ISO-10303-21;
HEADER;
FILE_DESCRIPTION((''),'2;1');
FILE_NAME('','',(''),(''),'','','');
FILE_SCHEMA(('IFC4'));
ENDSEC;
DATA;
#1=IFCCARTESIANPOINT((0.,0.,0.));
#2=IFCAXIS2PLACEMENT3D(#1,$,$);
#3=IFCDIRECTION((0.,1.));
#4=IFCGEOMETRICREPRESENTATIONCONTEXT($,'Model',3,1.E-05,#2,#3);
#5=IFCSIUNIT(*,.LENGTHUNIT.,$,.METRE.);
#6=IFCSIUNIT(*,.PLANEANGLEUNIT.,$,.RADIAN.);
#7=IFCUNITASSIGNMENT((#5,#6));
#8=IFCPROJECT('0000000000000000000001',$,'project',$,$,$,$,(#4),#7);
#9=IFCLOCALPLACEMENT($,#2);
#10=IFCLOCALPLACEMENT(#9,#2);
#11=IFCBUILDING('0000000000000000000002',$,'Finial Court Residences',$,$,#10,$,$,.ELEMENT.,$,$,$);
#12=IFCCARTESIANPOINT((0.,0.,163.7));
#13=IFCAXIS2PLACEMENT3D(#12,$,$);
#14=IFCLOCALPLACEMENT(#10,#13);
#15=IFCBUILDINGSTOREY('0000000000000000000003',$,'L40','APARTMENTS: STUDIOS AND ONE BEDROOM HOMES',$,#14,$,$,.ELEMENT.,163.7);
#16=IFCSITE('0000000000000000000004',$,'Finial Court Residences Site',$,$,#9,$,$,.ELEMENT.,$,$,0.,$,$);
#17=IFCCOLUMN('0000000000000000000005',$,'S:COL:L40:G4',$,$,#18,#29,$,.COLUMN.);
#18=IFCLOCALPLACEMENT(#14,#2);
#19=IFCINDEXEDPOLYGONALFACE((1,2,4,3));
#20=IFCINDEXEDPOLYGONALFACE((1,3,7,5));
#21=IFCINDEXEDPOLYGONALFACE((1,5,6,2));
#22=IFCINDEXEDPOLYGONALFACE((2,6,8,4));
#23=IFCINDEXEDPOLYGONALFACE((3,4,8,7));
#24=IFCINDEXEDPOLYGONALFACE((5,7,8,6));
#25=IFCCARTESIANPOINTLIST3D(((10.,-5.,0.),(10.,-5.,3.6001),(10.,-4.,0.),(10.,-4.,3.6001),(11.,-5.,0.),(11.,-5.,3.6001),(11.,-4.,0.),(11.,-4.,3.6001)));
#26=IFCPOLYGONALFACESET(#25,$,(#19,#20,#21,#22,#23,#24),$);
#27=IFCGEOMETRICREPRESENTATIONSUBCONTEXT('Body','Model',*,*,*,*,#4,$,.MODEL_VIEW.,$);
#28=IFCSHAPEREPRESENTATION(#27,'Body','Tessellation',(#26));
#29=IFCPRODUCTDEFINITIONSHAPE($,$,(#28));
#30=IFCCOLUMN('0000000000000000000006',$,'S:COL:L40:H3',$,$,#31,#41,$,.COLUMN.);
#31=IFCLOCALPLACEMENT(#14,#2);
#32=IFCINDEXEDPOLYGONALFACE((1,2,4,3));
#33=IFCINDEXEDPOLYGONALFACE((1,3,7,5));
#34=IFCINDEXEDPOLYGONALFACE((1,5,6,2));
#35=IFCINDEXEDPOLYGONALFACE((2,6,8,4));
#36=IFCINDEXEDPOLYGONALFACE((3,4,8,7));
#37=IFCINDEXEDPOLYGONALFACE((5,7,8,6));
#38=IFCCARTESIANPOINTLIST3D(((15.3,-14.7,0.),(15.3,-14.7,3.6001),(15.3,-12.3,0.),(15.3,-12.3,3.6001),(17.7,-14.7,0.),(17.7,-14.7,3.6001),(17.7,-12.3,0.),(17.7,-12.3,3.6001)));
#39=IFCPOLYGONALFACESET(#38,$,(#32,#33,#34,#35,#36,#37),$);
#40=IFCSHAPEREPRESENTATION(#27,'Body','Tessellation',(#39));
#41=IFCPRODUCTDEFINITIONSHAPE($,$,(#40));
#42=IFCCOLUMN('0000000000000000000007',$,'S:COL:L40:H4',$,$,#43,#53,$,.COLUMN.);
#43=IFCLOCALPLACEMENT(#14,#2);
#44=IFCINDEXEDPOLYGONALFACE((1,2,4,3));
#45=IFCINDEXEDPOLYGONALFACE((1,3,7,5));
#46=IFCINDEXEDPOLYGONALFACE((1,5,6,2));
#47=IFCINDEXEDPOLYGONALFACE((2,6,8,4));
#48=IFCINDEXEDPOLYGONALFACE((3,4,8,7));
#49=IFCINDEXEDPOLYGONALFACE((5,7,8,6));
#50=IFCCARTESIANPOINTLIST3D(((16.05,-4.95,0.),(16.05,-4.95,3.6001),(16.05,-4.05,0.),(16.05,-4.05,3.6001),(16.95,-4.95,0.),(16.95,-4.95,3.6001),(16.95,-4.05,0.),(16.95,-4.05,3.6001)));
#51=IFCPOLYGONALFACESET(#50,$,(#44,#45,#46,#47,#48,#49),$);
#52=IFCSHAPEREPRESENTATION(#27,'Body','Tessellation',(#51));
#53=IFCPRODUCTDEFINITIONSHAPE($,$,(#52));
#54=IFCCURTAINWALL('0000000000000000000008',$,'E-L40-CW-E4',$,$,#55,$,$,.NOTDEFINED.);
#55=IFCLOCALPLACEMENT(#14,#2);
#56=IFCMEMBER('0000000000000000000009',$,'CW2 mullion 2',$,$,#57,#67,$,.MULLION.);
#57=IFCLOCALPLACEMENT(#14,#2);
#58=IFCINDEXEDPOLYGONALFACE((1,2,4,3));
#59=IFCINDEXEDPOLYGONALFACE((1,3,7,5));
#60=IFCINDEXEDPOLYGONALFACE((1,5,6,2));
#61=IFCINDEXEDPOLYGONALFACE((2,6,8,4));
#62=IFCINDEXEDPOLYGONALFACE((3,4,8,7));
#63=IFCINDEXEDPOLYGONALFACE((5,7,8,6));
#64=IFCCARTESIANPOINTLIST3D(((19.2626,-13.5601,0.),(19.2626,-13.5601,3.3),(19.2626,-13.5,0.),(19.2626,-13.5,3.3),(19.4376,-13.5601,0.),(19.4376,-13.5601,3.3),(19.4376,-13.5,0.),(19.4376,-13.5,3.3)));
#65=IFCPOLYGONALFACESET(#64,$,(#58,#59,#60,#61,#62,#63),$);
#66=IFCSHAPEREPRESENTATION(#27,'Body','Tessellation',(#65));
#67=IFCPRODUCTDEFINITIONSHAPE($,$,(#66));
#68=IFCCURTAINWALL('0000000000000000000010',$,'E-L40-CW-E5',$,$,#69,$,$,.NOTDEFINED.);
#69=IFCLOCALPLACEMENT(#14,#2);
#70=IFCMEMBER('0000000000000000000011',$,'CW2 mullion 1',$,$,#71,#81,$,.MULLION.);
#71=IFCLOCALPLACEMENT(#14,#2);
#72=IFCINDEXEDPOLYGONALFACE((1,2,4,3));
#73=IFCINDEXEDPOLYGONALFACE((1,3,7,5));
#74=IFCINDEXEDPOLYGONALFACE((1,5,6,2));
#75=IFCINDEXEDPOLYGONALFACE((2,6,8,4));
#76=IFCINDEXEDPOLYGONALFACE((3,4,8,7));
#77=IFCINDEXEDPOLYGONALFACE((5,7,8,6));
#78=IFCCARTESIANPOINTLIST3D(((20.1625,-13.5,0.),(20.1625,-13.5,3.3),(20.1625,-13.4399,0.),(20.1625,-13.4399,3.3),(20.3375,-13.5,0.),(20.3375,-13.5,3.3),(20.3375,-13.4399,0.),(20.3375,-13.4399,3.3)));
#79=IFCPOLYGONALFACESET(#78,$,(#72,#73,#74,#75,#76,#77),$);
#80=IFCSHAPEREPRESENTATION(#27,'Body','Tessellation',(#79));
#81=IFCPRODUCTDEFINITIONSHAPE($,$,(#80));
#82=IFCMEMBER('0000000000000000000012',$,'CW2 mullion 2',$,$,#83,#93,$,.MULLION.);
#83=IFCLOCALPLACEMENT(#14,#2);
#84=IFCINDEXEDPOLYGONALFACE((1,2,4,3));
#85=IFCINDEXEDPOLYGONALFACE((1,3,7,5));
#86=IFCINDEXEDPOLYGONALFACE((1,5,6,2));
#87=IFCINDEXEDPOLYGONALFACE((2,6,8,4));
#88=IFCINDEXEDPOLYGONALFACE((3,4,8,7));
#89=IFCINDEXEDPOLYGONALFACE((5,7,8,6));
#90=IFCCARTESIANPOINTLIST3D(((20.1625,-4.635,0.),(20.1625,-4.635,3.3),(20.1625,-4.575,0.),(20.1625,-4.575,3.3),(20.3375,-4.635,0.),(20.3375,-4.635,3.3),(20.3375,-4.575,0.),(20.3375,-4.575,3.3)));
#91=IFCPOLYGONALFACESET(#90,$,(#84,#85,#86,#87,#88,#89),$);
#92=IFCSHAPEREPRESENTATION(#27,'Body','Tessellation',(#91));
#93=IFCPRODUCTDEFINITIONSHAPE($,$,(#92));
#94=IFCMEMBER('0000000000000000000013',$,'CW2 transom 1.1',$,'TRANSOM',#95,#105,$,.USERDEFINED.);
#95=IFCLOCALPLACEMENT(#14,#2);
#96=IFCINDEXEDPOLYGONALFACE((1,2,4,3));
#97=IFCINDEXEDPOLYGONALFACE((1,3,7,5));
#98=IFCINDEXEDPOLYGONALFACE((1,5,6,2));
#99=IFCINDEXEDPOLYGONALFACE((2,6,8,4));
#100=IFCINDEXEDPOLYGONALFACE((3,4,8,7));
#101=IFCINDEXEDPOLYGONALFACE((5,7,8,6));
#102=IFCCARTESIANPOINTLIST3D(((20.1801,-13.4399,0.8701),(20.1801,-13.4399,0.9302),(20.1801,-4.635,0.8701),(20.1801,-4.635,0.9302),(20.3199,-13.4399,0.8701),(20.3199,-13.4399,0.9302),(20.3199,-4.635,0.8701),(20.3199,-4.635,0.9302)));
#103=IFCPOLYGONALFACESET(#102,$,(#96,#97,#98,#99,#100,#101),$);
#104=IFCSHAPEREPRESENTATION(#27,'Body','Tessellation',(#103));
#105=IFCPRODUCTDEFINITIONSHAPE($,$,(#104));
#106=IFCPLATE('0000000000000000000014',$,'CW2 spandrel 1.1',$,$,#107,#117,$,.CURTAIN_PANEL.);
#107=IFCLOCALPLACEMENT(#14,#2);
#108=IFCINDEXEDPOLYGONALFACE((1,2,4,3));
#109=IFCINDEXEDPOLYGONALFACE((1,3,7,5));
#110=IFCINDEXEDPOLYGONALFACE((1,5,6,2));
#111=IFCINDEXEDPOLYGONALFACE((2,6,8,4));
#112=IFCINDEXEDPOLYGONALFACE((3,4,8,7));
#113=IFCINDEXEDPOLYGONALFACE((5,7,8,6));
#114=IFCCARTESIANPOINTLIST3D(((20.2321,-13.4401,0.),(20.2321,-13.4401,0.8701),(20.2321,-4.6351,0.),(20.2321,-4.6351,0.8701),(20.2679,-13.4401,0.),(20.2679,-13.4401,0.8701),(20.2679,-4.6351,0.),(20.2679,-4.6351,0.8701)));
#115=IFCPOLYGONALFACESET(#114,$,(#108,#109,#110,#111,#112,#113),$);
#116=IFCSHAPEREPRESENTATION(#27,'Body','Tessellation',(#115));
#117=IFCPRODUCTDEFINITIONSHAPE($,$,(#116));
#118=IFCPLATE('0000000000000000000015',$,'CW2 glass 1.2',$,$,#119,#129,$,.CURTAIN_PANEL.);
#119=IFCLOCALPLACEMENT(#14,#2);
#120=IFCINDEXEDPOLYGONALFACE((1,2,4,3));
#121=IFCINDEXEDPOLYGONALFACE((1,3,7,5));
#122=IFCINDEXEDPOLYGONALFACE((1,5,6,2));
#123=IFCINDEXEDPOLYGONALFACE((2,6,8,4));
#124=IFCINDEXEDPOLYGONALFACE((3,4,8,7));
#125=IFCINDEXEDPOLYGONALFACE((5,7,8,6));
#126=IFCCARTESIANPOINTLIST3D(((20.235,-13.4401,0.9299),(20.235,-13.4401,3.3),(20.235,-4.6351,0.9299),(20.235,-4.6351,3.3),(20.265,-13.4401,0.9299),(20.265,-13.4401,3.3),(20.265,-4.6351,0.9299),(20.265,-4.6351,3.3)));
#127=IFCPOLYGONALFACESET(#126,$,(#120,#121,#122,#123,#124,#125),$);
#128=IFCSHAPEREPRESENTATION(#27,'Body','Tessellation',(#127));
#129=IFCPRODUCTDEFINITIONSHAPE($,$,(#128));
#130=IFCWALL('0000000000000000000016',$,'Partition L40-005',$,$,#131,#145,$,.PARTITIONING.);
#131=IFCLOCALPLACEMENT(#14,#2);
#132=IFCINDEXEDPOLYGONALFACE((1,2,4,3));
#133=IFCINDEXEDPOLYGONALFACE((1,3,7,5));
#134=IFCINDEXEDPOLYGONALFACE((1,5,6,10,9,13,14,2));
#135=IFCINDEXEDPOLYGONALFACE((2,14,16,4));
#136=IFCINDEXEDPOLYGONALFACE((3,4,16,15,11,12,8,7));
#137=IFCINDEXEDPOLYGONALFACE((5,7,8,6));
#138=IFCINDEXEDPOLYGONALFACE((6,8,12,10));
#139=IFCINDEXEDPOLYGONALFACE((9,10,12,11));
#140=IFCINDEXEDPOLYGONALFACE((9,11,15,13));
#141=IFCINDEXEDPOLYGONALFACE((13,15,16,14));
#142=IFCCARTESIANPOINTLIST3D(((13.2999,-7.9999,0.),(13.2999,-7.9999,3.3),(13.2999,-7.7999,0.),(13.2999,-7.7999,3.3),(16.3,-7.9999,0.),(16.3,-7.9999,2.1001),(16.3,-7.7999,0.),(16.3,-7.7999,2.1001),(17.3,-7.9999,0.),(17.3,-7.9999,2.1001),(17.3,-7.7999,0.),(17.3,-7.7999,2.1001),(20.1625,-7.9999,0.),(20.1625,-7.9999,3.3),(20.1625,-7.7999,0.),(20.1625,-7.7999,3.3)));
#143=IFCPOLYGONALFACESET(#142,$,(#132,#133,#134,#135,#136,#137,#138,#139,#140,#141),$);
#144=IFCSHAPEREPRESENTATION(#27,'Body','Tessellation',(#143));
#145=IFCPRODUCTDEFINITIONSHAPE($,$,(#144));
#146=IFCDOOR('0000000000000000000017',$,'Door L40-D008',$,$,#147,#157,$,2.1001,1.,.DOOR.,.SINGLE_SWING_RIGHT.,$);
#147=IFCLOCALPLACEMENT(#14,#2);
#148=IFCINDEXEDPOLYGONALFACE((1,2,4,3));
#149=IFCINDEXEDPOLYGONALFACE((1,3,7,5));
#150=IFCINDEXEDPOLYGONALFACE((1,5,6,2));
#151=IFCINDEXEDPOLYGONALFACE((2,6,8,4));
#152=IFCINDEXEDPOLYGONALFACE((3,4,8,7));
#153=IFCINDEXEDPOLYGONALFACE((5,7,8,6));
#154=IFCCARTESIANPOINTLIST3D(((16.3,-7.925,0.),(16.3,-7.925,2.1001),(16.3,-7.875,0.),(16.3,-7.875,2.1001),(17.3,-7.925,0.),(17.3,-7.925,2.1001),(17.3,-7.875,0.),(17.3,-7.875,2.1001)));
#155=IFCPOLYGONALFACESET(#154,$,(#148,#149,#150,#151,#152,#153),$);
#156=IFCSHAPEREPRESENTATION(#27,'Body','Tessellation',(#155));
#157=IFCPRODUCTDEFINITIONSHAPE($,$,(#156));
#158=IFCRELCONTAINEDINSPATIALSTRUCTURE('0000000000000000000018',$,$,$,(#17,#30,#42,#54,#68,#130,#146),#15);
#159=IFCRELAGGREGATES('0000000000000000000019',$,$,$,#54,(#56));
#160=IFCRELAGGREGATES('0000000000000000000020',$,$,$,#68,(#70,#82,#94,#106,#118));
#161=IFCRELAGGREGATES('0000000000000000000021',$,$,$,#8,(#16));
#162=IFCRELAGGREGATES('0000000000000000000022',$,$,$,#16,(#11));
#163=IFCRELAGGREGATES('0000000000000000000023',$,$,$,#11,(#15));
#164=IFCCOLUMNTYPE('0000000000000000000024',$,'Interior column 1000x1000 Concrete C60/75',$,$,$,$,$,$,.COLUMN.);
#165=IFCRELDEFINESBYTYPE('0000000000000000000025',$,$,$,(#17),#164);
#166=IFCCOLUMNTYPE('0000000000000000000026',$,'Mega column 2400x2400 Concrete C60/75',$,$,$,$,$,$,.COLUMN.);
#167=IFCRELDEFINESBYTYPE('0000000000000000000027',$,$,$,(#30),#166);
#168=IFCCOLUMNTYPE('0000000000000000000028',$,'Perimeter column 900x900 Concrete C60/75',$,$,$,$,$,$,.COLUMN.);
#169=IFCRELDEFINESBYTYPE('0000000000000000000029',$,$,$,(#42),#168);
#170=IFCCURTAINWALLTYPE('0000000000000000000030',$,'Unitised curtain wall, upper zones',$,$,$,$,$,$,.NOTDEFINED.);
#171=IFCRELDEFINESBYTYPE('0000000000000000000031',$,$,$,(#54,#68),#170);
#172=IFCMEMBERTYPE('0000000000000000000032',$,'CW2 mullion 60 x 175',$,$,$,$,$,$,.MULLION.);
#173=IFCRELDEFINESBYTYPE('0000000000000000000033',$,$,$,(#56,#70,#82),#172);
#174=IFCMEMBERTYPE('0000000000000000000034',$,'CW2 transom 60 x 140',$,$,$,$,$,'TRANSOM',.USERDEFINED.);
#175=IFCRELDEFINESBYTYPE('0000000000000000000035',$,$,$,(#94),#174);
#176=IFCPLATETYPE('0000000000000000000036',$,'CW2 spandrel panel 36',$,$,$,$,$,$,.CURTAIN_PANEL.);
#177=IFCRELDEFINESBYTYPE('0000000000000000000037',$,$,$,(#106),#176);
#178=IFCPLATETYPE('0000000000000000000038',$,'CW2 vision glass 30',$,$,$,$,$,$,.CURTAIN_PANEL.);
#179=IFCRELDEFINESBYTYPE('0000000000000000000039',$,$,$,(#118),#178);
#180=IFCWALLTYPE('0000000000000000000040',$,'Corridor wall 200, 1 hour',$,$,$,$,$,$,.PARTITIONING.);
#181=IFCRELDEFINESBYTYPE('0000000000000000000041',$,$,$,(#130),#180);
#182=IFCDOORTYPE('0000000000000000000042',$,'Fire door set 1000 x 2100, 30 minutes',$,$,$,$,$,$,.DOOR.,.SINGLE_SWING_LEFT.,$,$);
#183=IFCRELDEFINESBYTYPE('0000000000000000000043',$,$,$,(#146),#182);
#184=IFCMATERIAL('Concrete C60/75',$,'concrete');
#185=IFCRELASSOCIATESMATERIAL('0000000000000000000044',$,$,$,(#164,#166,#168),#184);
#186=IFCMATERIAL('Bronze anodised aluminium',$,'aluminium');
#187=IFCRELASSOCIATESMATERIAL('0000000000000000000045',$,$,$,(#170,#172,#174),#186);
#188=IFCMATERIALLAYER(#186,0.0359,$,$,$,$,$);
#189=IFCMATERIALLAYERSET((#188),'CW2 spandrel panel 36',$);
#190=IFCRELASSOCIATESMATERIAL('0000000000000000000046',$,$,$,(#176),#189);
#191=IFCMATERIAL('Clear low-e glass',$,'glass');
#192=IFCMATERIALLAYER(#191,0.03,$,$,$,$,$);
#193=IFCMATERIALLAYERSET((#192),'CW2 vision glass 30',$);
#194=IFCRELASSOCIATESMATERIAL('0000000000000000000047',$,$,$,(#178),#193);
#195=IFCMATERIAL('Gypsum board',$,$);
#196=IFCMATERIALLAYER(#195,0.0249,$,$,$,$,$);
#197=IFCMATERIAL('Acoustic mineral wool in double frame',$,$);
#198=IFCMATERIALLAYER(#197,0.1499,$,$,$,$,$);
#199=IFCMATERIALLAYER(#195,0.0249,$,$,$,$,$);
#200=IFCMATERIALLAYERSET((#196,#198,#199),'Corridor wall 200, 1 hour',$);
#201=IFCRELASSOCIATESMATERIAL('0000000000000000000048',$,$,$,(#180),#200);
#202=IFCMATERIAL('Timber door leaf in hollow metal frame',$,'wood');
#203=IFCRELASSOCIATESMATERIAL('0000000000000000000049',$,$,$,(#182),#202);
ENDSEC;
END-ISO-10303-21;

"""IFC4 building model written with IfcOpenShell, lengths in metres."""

from ifc_helpers import new_model, si_unit, direction, frame, frame_2d, origin, origin_2d, place, context, subcontext, project, spatial, rectangle, extrude, material, layer, layer_set, material_profile, profile_set, type_object, element, fill, aggregate, save


model = new_model("IFC4")

# Units and contexts
model_context = context("Model", 3, precision=1e-05, world=origin(), true_north=direction((0.0, 1.0)))
body_context = subcontext(model_context, "Body", "Model", "MODEL_VIEW")
ifc_project = project(units=[si_unit("LENGTHUNIT", "METRE"), si_unit("PLANEANGLEUNIT", "RADIAN")], contexts=[model_context])

# Site, building, storey
site_placement = place(None, origin())
site = spatial("IfcSite", under=ifc_project, at=site_placement, Name="Finial Court Residences Site", CompositionType="ELEMENT", RefElevation=0.0)
building_placement = place(site_placement, origin())
building = spatial("IfcBuilding", under=site, at=building_placement, Name="Finial Court Residences", CompositionType="ELEMENT")
storey_placement = place(building_placement, frame((0.0, 0.0, 163.7)))
storey = spatial("IfcBuildingStorey", under=building, at=storey_placement, Name="L40", Description="APARTMENTS: STUDIOS AND ONE BEDROOM HOMES", CompositionType="ELEMENT", Elevation=163.7)

# Columns
ifc_material_1 = material(Name="Concrete C60/75", Category="concrete")
ifc_material_profile_1 = material_profile(ifc_material_1, rectangle(XDim=1.0, YDim=1.0, at=origin_2d()), Name="1000x1000")
ifc_profile_set_1 = profile_set([ifc_material_profile_1], Name="Concrete C60/75")
column_type_1 = type_object("IfcColumnType", Name="Interior column 1000x1000 Concrete C60/75", PredefinedType="COLUMN", material=ifc_profile_set_1)
column_1_placement = place(storey_placement, frame((10.5, -4.5, 0.0), z_axis=(0.0, 0.0, 1.0), x_axis=(1.0, 0.0, 0.0)))
element("IfcColumn", 1, at=column_1_placement, inside=storey, type_object=column_type_1, Name="S:COL:L40:G4", PredefinedType="COLUMN", context=body_context, shape_type="SweptSolid", body=[
    extrude(rectangle(XDim=1.0, YDim=1.0, at=origin_2d()), origin(), (0.0, 0.0, 1.0), 3.6001),
])
ifc_material_profile_2 = material_profile(ifc_material_1, rectangle(XDim=2.3999, YDim=2.3999, at=origin_2d()), Name="2400x2400")
ifc_profile_set_2 = profile_set([ifc_material_profile_2], Name="Concrete C60/75")
column_type_2 = type_object("IfcColumnType", Name="Mega column 2400x2400 Concrete C60/75", PredefinedType="COLUMN", material=ifc_profile_set_2)
column_2_placement = place(storey_placement, frame((16.5, -13.5, 0.0), z_axis=(0.0, 0.0, 1.0), x_axis=(1.0, 0.0, 0.0)))
element("IfcColumn", 2, at=column_2_placement, inside=storey, type_object=column_type_2, Name="S:COL:L40:H3", PredefinedType="COLUMN", context=body_context, shape_type="SweptSolid", body=[
    extrude(rectangle(XDim=2.3999, YDim=2.3999, at=origin_2d()), origin(), (0.0, 0.0, 1.0), 3.6001),
])
ifc_material_profile_3 = material_profile(ifc_material_1, rectangle(XDim=0.8999, YDim=0.8999, at=origin_2d()), Name="900x900")
ifc_profile_set_3 = profile_set([ifc_material_profile_3], Name="Concrete C60/75")
column_type_3 = type_object("IfcColumnType", Name="Perimeter column 900x900 Concrete C60/75", PredefinedType="COLUMN", material=ifc_profile_set_3)
column_3_placement = place(storey_placement, frame((16.5, -4.5, 0.0), z_axis=(0.0, 0.0, 1.0), x_axis=(1.0, 0.0, 0.0)))
element("IfcColumn", 3, at=column_3_placement, inside=storey, type_object=column_type_3, Name="S:COL:L40:H4", PredefinedType="COLUMN", context=body_context, shape_type="SweptSolid", body=[
    extrude(rectangle(XDim=0.8999, YDim=0.8999, at=origin_2d()), origin(), (0.0, 0.0, 1.0), 3.6001),
])

# Curtain wall, member
ifc_material_2 = material(Name="Bronze anodised aluminium", Category="aluminium")
curtain_wall_type = type_object("IfcCurtainWallType", Name="Unitised curtain wall, upper zones", PredefinedType="NOTDEFINED", material=ifc_material_2)
curtain_wall_1_placement = place(storey_placement, origin())
curtain_wall_1 = element("IfcCurtainWall", 4, at=curtain_wall_1_placement, inside=storey, type_object=curtain_wall_type, Name="E-L40-CW-E4", PredefinedType="NOTDEFINED")
ifc_material_profile_4 = material_profile(ifc_material_2, rectangle(XDim=0.175, YDim=0.0601, at=origin_2d()), Name="CW2 mullion 60 x 175")
ifc_profile_set_4 = profile_set([ifc_material_profile_4], Name="Bronze anodised aluminium")
member_type_1 = type_object("IfcMemberType", Name="CW2 mullion 60 x 175", PredefinedType="MULLION", material=ifc_profile_set_4)
member_1_placement = place(storey_placement, frame((19.3501, -13.53, 0.0), z_axis=(0.0, 0.0, 1.0), x_axis=(-1.0, 0.0, 0.0)))
member_1 = element("IfcMember", 5, at=member_1_placement, type_object=member_type_1, Name="CW2 mullion 2", PredefinedType="MULLION", context=body_context, shape_type="SweptSolid", body=[
    extrude(rectangle(XDim=0.175, YDim=0.0601, at=origin_2d()), origin(), (0.0, 0.0, 1.0), 3.3),
])
aggregate(curtain_wall_1, [member_1])

# Curtain wall, members, plates
curtain_wall_2_placement = place(storey_placement, origin())
curtain_wall_2 = element("IfcCurtainWall", 6, at=curtain_wall_2_placement, inside=storey, type_object=curtain_wall_type, Name="E-L40-CW-E5", PredefinedType="NOTDEFINED")
member_2_placement = place(storey_placement, frame((20.25, -13.47, 0.0), z_axis=(0.0, 0.0, 1.0), x_axis=(-1.0, 0.0, 0.0)))
member_2 = element("IfcMember", 7, at=member_2_placement, type_object=member_type_1, Name="CW2 mullion 1", PredefinedType="MULLION", context=body_context, shape_type="SweptSolid", body=[
    extrude(rectangle(XDim=0.175, YDim=0.0601, at=origin_2d()), origin(), (0.0, 0.0, 1.0), 3.3),
])
member_3_placement = place(storey_placement, frame((20.25, -4.605, 0.0), z_axis=(0.0, 0.0, 1.0), x_axis=(-1.0, 0.0, 0.0)))
member_3 = element("IfcMember", 8, at=member_3_placement, type_object=member_type_1, Name="CW2 mullion 2", PredefinedType="MULLION", context=body_context, shape_type="SweptSolid", body=[
    extrude(rectangle(XDim=0.175, YDim=0.0601, at=origin_2d()), origin(), (0.0, 0.0, 1.0), 3.3),
])
ifc_material_profile_5 = material_profile(ifc_material_2, rectangle(XDim=0.1399, YDim=0.0601, at=origin_2d()), Name="CW2 transom 60 x 140")
ifc_profile_set_5 = profile_set([ifc_material_profile_5], Name="Bronze anodised aluminium")
member_type_2 = type_object("IfcMemberType", Name="CW2 transom 60 x 140", ElementType="TRANSOM", PredefinedType="USERDEFINED", material=ifc_profile_set_5)
member_4_placement = place(storey_placement, frame((20.25, -13.4399, 0.9001), z_axis=(0.0, 1.0, 0.0), x_axis=(-1.0, 0.0, 0.0)))
member_4 = element("IfcMember", 9, at=member_4_placement, type_object=member_type_2, Name="CW2 transom 1.1", ObjectType="TRANSOM", PredefinedType="USERDEFINED", context=body_context, shape_type="SweptSolid", body=[
    extrude(rectangle(XDim=0.1399, YDim=0.0601, at=origin_2d()), origin(), (0.0, 0.0, 1.0), 8.8049),
])
ifc_layer_1 = layer(ifc_material_2, 0.0359)
ifc_layer_set_1 = layer_set([ifc_layer_1], Name="CW2 spandrel panel 36")
plate_type_1 = type_object("IfcPlateType", Name="CW2 spandrel panel 36", PredefinedType="CURTAIN_PANEL", material=ifc_layer_set_1)
plate_1_placement = place(storey_placement, frame((20.25, -9.0376, 0.0), z_axis=(0.0, 0.0, 1.0), x_axis=(0.0, 1.0, 0.0)))
plate_1 = element("IfcPlate", 10, at=plate_1_placement, type_object=plate_type_1, Name="CW2 spandrel 1.1", PredefinedType="CURTAIN_PANEL", context=body_context, shape_type="SweptSolid", body=[
    extrude(rectangle(XDim=8.8049, YDim=0.0359, at=origin_2d()), origin(), (0.0, 0.0, 1.0), 0.8701),
])
ifc_material_3 = material(Name="Clear low-e glass", Category="glass")
ifc_layer_2 = layer(ifc_material_3, 0.03)
ifc_layer_set_2 = layer_set([ifc_layer_2], Name="CW2 vision glass 30")
plate_type_2 = type_object("IfcPlateType", Name="CW2 vision glass 30", PredefinedType="CURTAIN_PANEL", material=ifc_layer_set_2)
plate_2_placement = place(storey_placement, frame((20.25, -9.0376, 0.9299), z_axis=(0.0, 0.0, 1.0), x_axis=(0.0, 1.0, 0.0)))
plate_2 = element("IfcPlate", 11, at=plate_2_placement, type_object=plate_type_2, Name="CW2 glass 1.2", PredefinedType="CURTAIN_PANEL", context=body_context, shape_type="SweptSolid", body=[
    extrude(rectangle(XDim=8.8049, YDim=0.03, at=origin_2d()), origin(), (0.0, 0.0, 1.0), 2.3701),
])
aggregate(curtain_wall_2, [member_2, member_3, member_4, plate_1, plate_2])

# Wall, opening, door
ifc_material_4 = material(Name="Gypsum board")
ifc_layer_3 = layer(ifc_material_4, 0.0249)
ifc_material_5 = material(Name="Acoustic mineral wool in double frame")
ifc_layer_4 = layer(ifc_material_5, 0.1499)
ifc_layer_5 = layer(ifc_material_4, 0.0249)
ifc_layer_set_3 = layer_set([ifc_layer_3, ifc_layer_4, ifc_layer_5], Name="Corridor wall 200, 1 hour")
wall_type_1 = type_object("IfcWallType", Name="Corridor wall 200, 1 hour", PredefinedType="PARTITIONING", material=ifc_layer_set_3)
wall_1_placement = place(storey_placement, frame((13.3, -7.8999, 0.0), z_axis=(0.0, 0.0, 1.0), x_axis=(1.0, 0.0, 0.0)))
wall_1 = element("IfcWall", 12, at=wall_1_placement, inside=storey, type_object=wall_type_1, Name="Partition L40-005", PredefinedType="PARTITIONING", context=body_context, shape_type="SweptSolid", body=[
    extrude(rectangle(XDim=6.8625, YDim=0.2, at=frame_2d((3.4312, 0.0))), origin(), (0.0, 0.0, 1.0), 3.3),
])
opening_1_placement = place(wall_1_placement, frame((3.0, 0.0, 0.0)))
opening_1 = element("IfcOpeningElement", 13, at=opening_1_placement, cuts=wall_1, PredefinedType="OPENING", context=body_context, shape_type="SweptSolid", body=[
    extrude(rectangle(XDim=1.0, YDim=2.1001, at=frame_2d((0.5, 1.05))), frame((0.0, 0.1099, 0.0), z_axis=(0.0, -1.0, 0.0), x_axis=(1.0, 0.0, 0.0)), (0.0, 0.0, 1.0), 0.22),
])
ifc_material_6 = material(Name="Timber door leaf in hollow metal frame", Category="wood")
door_type_1 = type_object("IfcDoorType", Name="Fire door set 1000 x 2100, 30 minutes", OperationType="SINGLE_SWING_LEFT", PredefinedType="DOOR", material=ifc_material_6)
door_1_placement = place(opening_1_placement, origin())
door_1 = element("IfcDoor", 14, at=door_1_placement, inside=storey, type_object=door_type_1, Name="Door L40-D008", OperationType="SINGLE_SWING_RIGHT", OverallHeight=2.1001, OverallWidth=1.0, PredefinedType="DOOR", context=body_context, shape_type="SweptSolid", body=[
    extrude(rectangle(XDim=1.0, YDim=2.1001, at=frame_2d((0.5, 1.05))), frame((0.0, 0.0249, 0.0), z_axis=(0.0, -1.0, 0.0), x_axis=(1.0, 0.0, 0.0)), (0.0, 0.0, 1.0), 0.05),
])
fill(opening_1, door_1)

save(model, "model.ifc")
